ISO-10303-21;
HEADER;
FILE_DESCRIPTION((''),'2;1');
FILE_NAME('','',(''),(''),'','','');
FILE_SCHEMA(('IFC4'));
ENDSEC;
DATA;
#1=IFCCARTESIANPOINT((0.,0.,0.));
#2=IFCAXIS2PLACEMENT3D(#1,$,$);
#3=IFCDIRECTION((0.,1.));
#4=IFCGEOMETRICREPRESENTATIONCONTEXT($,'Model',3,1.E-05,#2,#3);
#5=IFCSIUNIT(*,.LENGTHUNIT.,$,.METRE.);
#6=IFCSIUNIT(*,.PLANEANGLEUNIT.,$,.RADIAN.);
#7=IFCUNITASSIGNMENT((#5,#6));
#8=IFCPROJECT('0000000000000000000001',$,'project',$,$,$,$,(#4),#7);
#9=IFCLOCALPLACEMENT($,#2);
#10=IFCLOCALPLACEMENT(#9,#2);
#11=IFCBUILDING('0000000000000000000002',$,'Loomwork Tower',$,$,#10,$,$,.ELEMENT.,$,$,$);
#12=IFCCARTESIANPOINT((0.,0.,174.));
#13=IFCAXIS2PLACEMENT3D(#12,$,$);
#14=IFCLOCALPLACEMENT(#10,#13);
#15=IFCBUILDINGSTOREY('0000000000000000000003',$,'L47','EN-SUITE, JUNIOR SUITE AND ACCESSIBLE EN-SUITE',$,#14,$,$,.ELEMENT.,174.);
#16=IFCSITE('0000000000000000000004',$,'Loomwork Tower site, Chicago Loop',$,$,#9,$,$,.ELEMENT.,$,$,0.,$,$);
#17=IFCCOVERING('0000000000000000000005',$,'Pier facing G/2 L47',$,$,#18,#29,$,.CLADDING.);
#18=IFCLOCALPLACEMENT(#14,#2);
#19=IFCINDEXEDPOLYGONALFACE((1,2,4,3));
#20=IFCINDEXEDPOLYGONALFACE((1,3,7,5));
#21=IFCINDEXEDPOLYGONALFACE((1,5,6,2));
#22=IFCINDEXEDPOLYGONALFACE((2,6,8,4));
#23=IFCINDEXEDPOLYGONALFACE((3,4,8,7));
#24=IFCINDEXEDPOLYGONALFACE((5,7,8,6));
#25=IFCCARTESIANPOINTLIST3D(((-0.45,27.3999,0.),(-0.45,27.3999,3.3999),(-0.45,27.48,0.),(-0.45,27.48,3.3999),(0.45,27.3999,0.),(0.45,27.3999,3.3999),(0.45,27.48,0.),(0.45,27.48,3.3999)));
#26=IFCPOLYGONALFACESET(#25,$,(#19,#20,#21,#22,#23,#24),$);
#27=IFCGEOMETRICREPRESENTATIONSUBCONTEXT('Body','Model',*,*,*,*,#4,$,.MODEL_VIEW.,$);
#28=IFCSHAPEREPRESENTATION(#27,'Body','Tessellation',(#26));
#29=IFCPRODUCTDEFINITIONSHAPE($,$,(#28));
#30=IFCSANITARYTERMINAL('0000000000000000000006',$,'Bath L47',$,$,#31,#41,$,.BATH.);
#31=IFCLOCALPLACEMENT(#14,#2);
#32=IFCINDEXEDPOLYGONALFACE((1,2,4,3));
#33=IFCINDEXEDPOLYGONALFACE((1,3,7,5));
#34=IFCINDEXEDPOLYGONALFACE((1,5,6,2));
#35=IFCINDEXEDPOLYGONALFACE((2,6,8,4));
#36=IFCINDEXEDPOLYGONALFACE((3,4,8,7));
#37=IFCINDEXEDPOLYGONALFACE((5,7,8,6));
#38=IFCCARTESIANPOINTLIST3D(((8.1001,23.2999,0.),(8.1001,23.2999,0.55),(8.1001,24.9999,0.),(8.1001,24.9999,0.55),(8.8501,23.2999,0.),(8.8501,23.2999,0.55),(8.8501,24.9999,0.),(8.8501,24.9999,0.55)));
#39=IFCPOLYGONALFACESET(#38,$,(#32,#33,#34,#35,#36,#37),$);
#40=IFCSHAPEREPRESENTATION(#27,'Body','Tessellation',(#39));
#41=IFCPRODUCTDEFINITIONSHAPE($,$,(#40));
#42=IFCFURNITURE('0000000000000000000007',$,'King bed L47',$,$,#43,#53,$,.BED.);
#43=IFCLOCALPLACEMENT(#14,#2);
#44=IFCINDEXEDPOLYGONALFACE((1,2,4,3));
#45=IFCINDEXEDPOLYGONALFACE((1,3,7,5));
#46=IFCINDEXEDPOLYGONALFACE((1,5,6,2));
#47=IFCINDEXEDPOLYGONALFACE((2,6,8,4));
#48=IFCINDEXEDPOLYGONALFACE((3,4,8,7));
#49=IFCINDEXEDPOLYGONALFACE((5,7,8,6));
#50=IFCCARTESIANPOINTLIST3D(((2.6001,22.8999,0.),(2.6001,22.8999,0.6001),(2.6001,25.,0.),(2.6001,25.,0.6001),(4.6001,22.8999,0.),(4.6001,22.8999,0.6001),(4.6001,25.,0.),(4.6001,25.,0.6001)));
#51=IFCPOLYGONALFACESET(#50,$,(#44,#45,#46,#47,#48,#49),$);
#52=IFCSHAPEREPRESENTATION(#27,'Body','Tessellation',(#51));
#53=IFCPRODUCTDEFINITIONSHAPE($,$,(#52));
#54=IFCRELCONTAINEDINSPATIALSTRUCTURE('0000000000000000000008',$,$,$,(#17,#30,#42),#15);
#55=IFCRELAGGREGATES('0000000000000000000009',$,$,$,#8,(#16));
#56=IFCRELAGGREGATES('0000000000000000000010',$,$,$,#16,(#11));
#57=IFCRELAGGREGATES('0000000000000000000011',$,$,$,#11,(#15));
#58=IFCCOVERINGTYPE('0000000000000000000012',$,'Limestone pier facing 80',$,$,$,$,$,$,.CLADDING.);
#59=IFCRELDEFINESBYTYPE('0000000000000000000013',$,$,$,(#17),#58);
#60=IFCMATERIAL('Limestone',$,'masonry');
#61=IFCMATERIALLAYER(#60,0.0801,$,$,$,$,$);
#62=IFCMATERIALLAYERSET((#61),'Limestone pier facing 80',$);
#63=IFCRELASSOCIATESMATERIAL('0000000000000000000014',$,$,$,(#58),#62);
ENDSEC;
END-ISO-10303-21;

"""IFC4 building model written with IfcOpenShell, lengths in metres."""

from ifc_helpers import new_model, si_unit, direction, frame, origin, origin_2d, place, context, subcontext, project, spatial, rectangle, extrude, material, layer, layer_set, type_object, element, save


model = new_model("IFC4")

# Units and contexts
model_context = context("Model", 3, precision=1e-05, world=origin(), true_north=direction((0.0, 1.0)))
body_context = subcontext(model_context, "Body", "Model", "MODEL_VIEW")
ifc_project = project(units=[si_unit("LENGTHUNIT", "METRE"), si_unit("PLANEANGLEUNIT", "RADIAN")], contexts=[model_context])

# Site, building, storey
site_placement = place(None, origin())
site = spatial("IfcSite", under=ifc_project, at=site_placement, Name="Loomwork Tower site, Chicago Loop", CompositionType="ELEMENT", RefElevation=0.0)
building_placement = place(site_placement, origin())
building = spatial("IfcBuilding", under=site, at=building_placement, Name="Loomwork Tower", CompositionType="ELEMENT")
storey_placement = place(building_placement, frame((0.0, 0.0, 174.0)))
storey = spatial("IfcBuildingStorey", under=building, at=storey_placement, Name="L47", Description="EN-SUITE, JUNIOR SUITE AND ACCESSIBLE EN-SUITE", CompositionType="ELEMENT", Elevation=174.0)

# Covering
ifc_material_1 = material(Name="Limestone", Category="masonry")
ifc_layer_1 = layer(ifc_material_1, 0.0801)
ifc_layer_set_1 = layer_set([ifc_layer_1], Name="Limestone pier facing 80")
covering_type = type_object("IfcCoveringType", Name="Limestone pier facing 80", PredefinedType="CLADDING", material=ifc_layer_set_1)
covering_placement = place(storey_placement, frame((0.0, 27.4399, 0.0), z_axis=(0.0, 0.0, 1.0), x_axis=(1.0, 0.0, 0.0)))
element("IfcCovering", 1, at=covering_placement, inside=storey, type_object=covering_type, Name="Pier facing G/2 L47", PredefinedType="CLADDING", context=body_context, shape_type="SweptSolid", body=[
    extrude(rectangle(XDim=0.8999, YDim=0.0801, at=origin_2d()), origin(), (0.0, 0.0, 1.0), 3.3999),
])

# Sanitary terminal
sanitary_terminal_placement = place(storey_placement, frame((8.4751, 24.1499, 0.0), z_axis=(0.0, 0.0, 1.0), x_axis=(1.0, 0.0, 0.0)))
element("IfcSanitaryTerminal", 2, at=sanitary_terminal_placement, inside=storey, Name="Bath L47", PredefinedType="BATH", context=body_context, shape_type="SweptSolid", body=[
    extrude(rectangle(XDim=0.75, YDim=1.7, at=origin_2d()), origin(), (0.0, 0.0, 1.0), 0.55),
])

# Furniture
furniture_placement = place(storey_placement, frame((3.6001, 23.95, 0.0), z_axis=(0.0, 0.0, 1.0), x_axis=(1.0, 0.0, 0.0)))
element("IfcFurniture", 3, at=furniture_placement, inside=storey, Name="King bed L47", PredefinedType="BED", context=body_context, shape_type="SweptSolid", body=[
    extrude(rectangle(XDim=2.0, YDim=2.1001, at=origin_2d()), origin(), (0.0, 0.0, 1.0), 0.6001),
])

save(model, "model.ifc")
